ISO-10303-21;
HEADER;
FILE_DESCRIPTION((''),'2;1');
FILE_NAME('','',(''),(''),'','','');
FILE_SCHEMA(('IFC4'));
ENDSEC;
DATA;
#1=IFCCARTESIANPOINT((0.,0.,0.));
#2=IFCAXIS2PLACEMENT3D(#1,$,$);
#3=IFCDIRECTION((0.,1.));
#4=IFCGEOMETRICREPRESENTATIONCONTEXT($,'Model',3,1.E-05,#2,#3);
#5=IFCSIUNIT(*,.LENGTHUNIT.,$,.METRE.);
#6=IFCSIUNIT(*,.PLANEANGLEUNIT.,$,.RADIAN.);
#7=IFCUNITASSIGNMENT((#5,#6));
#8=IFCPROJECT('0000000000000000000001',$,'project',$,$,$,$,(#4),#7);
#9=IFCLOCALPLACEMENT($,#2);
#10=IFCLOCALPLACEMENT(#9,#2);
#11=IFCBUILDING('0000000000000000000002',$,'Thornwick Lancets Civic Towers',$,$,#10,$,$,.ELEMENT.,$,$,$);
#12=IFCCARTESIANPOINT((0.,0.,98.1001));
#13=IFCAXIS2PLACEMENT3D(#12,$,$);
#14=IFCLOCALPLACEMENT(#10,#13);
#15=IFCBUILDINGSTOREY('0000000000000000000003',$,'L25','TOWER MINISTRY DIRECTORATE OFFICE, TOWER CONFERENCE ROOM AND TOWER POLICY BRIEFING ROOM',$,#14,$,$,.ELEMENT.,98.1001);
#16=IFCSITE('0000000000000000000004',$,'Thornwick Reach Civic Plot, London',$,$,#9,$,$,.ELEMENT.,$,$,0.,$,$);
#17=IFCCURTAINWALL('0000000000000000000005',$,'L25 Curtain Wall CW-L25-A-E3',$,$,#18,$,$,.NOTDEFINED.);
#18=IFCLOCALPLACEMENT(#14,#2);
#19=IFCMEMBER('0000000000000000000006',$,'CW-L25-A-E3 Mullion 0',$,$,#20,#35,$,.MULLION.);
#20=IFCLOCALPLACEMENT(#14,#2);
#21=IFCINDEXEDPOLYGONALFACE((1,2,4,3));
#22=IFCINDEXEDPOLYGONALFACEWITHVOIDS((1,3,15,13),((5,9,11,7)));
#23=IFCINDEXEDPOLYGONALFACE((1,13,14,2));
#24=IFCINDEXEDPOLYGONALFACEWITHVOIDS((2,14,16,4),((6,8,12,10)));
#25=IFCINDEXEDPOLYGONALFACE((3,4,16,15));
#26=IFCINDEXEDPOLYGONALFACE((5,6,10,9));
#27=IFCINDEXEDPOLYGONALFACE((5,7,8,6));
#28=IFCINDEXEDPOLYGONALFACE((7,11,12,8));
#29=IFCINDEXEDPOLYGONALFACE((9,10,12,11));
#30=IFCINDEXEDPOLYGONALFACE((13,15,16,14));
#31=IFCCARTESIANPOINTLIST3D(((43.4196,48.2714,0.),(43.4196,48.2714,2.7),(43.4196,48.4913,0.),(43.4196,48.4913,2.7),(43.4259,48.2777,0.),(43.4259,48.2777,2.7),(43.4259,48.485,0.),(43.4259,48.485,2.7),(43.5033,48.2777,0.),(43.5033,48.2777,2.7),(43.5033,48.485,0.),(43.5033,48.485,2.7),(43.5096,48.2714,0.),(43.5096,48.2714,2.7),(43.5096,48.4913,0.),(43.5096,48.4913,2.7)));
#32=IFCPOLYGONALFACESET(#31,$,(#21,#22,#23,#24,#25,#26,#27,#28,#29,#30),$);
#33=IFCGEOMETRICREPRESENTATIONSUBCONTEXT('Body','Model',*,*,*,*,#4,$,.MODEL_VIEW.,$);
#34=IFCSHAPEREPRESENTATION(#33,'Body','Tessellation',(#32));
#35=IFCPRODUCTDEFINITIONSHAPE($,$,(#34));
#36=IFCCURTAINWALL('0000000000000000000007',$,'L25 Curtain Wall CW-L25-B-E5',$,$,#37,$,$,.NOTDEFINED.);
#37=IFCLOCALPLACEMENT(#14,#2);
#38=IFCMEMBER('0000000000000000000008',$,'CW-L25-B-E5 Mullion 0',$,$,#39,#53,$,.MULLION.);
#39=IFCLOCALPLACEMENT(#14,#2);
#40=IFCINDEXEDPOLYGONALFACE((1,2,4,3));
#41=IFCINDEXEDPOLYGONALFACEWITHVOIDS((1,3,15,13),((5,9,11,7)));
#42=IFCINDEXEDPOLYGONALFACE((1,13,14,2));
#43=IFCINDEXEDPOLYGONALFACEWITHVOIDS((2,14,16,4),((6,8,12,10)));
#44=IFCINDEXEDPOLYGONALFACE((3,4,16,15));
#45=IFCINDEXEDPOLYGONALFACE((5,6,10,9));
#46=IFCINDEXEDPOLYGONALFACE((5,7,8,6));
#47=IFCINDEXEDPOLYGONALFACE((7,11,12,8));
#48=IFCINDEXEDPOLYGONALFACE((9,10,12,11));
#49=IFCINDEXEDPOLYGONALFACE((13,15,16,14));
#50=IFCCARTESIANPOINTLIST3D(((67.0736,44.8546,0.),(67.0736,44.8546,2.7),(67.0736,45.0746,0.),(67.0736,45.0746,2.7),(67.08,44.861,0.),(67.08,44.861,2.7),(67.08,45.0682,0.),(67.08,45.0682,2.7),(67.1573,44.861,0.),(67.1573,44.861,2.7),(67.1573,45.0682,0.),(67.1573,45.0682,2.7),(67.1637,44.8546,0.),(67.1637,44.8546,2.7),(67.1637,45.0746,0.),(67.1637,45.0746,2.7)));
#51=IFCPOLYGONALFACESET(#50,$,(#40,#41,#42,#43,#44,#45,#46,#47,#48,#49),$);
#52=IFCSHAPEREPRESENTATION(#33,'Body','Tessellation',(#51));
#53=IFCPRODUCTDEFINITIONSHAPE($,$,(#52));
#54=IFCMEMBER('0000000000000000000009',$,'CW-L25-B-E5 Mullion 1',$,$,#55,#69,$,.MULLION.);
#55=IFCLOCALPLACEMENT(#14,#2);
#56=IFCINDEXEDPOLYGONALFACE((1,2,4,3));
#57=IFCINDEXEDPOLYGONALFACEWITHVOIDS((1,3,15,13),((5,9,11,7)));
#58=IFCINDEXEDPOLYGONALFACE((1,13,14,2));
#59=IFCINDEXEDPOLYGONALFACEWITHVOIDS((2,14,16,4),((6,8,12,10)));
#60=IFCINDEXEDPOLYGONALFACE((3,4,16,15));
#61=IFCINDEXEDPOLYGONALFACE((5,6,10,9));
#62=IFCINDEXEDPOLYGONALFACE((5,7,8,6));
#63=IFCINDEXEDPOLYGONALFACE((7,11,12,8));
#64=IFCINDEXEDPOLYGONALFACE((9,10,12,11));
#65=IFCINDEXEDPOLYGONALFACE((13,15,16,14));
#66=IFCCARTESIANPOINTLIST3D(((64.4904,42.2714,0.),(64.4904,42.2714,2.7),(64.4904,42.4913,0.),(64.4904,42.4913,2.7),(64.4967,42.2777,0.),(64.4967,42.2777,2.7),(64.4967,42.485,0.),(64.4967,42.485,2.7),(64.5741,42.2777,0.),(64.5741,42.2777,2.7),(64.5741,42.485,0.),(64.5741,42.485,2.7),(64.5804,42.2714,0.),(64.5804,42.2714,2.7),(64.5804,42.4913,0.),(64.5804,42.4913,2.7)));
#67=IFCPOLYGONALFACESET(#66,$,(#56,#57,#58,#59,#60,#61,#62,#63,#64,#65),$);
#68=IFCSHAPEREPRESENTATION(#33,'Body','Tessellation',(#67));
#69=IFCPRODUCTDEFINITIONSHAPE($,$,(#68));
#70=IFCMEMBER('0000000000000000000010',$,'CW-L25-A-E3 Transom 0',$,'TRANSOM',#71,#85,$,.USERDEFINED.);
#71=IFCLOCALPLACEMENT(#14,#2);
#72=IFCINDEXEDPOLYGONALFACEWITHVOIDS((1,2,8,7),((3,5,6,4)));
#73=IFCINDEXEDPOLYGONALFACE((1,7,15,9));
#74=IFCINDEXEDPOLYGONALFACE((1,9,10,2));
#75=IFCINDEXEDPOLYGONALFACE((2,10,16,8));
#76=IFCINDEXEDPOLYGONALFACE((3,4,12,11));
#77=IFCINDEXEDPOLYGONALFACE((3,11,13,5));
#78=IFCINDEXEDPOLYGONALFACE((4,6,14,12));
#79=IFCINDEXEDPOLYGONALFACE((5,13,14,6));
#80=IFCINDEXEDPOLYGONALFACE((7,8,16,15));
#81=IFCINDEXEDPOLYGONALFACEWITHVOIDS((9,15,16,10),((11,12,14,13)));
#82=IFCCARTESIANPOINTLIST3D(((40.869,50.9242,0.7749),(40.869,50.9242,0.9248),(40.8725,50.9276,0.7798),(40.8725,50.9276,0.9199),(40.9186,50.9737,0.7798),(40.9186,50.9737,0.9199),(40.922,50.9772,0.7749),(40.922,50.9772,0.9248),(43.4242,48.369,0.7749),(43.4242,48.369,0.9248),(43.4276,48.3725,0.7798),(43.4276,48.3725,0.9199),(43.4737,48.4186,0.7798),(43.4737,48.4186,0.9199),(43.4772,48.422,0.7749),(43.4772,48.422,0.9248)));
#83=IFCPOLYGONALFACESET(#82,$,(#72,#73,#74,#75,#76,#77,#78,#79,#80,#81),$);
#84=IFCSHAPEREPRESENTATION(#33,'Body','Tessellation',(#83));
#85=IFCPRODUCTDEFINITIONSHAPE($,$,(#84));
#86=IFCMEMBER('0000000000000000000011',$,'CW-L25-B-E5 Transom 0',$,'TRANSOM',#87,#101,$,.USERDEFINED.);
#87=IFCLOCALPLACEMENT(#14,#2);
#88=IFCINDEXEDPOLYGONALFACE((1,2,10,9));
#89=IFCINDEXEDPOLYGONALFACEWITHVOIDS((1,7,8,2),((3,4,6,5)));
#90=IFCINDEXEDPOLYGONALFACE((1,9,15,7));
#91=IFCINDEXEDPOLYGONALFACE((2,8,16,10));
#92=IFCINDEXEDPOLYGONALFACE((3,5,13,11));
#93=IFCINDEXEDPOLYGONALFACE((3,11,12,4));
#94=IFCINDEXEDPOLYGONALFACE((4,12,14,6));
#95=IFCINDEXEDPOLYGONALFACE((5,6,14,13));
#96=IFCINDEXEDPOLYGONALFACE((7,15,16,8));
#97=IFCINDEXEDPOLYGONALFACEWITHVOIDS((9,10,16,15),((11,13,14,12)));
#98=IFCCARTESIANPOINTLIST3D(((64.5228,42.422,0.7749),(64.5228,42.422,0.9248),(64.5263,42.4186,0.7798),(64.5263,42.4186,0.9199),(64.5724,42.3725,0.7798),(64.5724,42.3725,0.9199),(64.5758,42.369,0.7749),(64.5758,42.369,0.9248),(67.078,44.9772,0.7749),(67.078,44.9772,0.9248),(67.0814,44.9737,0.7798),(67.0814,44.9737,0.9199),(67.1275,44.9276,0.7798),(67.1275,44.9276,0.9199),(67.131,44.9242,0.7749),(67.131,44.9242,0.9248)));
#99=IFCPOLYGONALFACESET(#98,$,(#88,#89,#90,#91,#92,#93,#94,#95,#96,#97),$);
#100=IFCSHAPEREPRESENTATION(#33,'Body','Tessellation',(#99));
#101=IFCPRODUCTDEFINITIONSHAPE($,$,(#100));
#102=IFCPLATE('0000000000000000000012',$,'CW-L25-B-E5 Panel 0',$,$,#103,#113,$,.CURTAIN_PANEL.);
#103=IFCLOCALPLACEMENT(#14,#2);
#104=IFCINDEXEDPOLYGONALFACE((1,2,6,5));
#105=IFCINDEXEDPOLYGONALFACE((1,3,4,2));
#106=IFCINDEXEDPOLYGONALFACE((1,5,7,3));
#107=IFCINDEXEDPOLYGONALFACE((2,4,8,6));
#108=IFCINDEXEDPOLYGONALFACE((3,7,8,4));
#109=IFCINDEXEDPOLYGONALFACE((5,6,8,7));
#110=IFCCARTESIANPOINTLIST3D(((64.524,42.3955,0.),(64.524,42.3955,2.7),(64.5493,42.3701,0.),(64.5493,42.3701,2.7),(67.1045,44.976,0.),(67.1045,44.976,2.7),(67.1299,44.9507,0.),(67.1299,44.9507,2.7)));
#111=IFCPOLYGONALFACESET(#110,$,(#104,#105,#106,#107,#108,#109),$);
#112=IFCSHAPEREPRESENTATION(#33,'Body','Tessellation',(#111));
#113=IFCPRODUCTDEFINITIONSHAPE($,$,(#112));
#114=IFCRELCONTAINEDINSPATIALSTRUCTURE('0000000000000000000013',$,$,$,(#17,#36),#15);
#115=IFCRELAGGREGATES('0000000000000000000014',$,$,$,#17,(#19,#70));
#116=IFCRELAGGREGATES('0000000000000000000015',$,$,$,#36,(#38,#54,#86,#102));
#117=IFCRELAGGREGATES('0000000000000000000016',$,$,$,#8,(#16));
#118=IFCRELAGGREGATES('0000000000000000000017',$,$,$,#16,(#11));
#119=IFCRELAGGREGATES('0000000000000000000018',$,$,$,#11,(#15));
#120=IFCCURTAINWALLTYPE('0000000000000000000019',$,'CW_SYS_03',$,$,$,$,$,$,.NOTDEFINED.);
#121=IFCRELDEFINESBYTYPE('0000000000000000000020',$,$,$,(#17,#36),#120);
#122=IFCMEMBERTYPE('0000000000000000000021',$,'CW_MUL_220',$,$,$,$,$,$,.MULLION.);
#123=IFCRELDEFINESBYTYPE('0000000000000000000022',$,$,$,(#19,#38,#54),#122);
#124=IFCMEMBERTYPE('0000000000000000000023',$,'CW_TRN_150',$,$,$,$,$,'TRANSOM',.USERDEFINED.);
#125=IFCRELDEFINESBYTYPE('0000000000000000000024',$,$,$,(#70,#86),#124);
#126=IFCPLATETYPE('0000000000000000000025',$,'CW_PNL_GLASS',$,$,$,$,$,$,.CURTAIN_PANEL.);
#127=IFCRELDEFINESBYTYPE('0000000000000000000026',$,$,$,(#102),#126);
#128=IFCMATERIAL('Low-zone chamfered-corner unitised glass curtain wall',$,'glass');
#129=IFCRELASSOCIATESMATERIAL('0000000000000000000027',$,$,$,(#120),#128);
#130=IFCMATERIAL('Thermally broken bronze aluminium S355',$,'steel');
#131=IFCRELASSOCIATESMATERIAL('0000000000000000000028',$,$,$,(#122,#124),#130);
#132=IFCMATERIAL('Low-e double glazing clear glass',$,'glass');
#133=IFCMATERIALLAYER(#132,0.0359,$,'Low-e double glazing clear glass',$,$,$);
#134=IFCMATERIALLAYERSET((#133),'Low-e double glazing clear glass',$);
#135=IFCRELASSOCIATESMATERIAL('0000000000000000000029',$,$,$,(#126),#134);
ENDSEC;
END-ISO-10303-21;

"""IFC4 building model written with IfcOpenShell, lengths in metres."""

from ifc_helpers import new_model, si_unit, direction, frame, origin, origin_2d, place, context, subcontext, project, spatial, rectangle, hollow_rectangle, extrude, material, layer, layer_set, material_profile, profile_set, type_object, element, aggregate, save


model = new_model("IFC4")

# Units and contexts
model_context = context("Model", 3, precision=1e-05, world=origin(), true_north=direction((0.0, 1.0)))
body_context = subcontext(model_context, "Body", "Model", "MODEL_VIEW")
ifc_project = project(units=[si_unit("LENGTHUNIT", "METRE"), si_unit("PLANEANGLEUNIT", "RADIAN")], contexts=[model_context])

# Site, building, storey
site_placement = place(None, origin())
site = spatial("IfcSite", under=ifc_project, at=site_placement, Name="Thornwick Reach Civic Plot, London", CompositionType="ELEMENT", RefElevation=0.0)
building_placement = place(site_placement, origin())
building = spatial("IfcBuilding", under=site, at=building_placement, Name="Thornwick Lancets Civic Towers", CompositionType="ELEMENT")
storey_placement = place(building_placement, frame((0.0, 0.0, 98.1001)))
storey = spatial("IfcBuildingStorey", under=building, at=storey_placement, Name="L25", Description="TOWER MINISTRY DIRECTORATE OFFICE, TOWER CONFERENCE ROOM AND TOWER POLICY BRIEFING ROOM", CompositionType="ELEMENT", Elevation=98.1001)

# Curtain wall, member
ifc_material_1 = material(Name="Low-zone chamfered-corner unitised glass curtain wall", Category="glass")
curtain_wall_type = type_object("IfcCurtainWallType", Name="CW_SYS_03", PredefinedType="NOTDEFINED", material=ifc_material_1)
curtain_wall_1_placement = place(storey_placement, origin())
curtain_wall_1 = element("IfcCurtainWall", 1, at=curtain_wall_1_placement, inside=storey, type_object=curtain_wall_type, Name="L25 Curtain Wall CW-L25-A-E3", PredefinedType="NOTDEFINED")
ifc_material_2 = material(Name="Thermally broken bronze aluminium S355", Category="steel")
ifc_material_profile_1 = material_profile(ifc_material_2, hollow_rectangle(XDim=0.0901, YDim=0.22, WallThickness=0.0063, at=origin_2d()), Name="RHS 220x90x6.3")
ifc_profile_set_1 = profile_set([ifc_material_profile_1], Name="Thermally broken bronze aluminium S355")
member_type_1 = type_object("IfcMemberType", Name="CW_MUL_220", PredefinedType="MULLION", material=ifc_profile_set_1)
member_1_placement = place(storey_placement, frame((43.4646, 48.3813, 0.0), z_axis=(0.0, 0.0, 1.0), x_axis=(1.0, 0.0, 0.0)))
member_1 = element("IfcMember", 2, at=member_1_placement, type_object=member_type_1, Name="CW-L25-A-E3 Mullion 0", PredefinedType="MULLION", context=body_context, shape_type="SweptSolid", body=[
    extrude(hollow_rectangle(XDim=0.0901, YDim=0.22, WallThickness=0.0063, at=origin_2d()), origin(), (0.0, 0.0, 1.0), 2.7),
])

# Curtain wall, members
curtain_wall_2_placement = place(storey_placement, origin())
curtain_wall_2 = element("IfcCurtainWall", 3, at=curtain_wall_2_placement, inside=storey, type_object=curtain_wall_type, Name="L25 Curtain Wall CW-L25-B-E5", PredefinedType="NOTDEFINED")
member_2_placement = place(storey_placement, frame((67.1187, 44.9646, 0.0), z_axis=(0.0, 0.0, 1.0), x_axis=(1.0, 0.0, 0.0)))
member_2 = element("IfcMember", 4, at=member_2_placement, type_object=member_type_1, Name="CW-L25-B-E5 Mullion 0", PredefinedType="MULLION", context=body_context, shape_type="SweptSolid", body=[
    extrude(hollow_rectangle(XDim=0.0901, YDim=0.22, WallThickness=0.0063, at=origin_2d()), origin(), (0.0, 0.0, 1.0), 2.7),
])
member_3_placement = place(storey_placement, frame((64.5354, 42.3813, 0.0), z_axis=(0.0, 0.0, 1.0), x_axis=(1.0, 0.0, 0.0)))
member_3 = element("IfcMember", 5, at=member_3_placement, type_object=member_type_1, Name="CW-L25-B-E5 Mullion 1", PredefinedType="MULLION", context=body_context, shape_type="SweptSolid", body=[
    extrude(hollow_rectangle(XDim=0.0901, YDim=0.22, WallThickness=0.0063, at=origin_2d()), origin(), (0.0, 0.0, 1.0), 2.7),
])

# Members
ifc_material_profile_2 = material_profile(ifc_material_2, hollow_rectangle(XDim=0.075, YDim=0.1499, WallThickness=0.0049, at=origin_2d()), Name="RHS 150x75x5")
ifc_profile_set_2 = profile_set([ifc_material_profile_2], Name="Thermally broken bronze aluminium S355")
member_type_2 = type_object("IfcMemberType", Name="CW_TRN_150", ElementType="TRANSOM", PredefinedType="USERDEFINED", material=ifc_profile_set_2)
member_4_placement = place(storey_placement, frame((43.4507, 48.3955, 0.8499), z_axis=(-0.707107, 0.707107, 0.0), x_axis=(-0.707107, -0.707107, 0.0)))
member_4 = element("IfcMember", 6, at=member_4_placement, type_object=member_type_2, Name="CW-L25-A-E3 Transom 0", ObjectType="TRANSOM", PredefinedType="USERDEFINED", context=body_context, shape_type="SweptSolid", body=[
    extrude(hollow_rectangle(XDim=0.075, YDim=0.1499, WallThickness=0.0049, at=origin_2d()), origin(), (0.0, 0.0, 1.0), 3.6135),
])
aggregate(curtain_wall_1, [member_1, member_4])
member_5_placement = place(storey_placement, frame((67.1045, 44.9507, 0.8499), z_axis=(-0.707107, -0.707107, 0.0), x_axis=(0.707107, -0.707107, 0.0)))
member_5 = element("IfcMember", 7, at=member_5_placement, type_object=member_type_2, Name="CW-L25-B-E5 Transom 0", ObjectType="TRANSOM", PredefinedType="USERDEFINED", context=body_context, shape_type="SweptSolid", body=[
    extrude(hollow_rectangle(XDim=0.075, YDim=0.1499, WallThickness=0.0049, at=origin_2d()), origin(), (0.0, 0.0, 1.0), 3.6135),
])

# Plate
ifc_material_3 = material(Name="Low-e double glazing clear glass", Category="glass")
ifc_layer_1 = layer(ifc_material_3, 0.0359, Name="Low-e double glazing clear glass")
ifc_layer_set_1 = layer_set([ifc_layer_1], Name="Low-e double glazing clear glass")
plate_type = type_object("IfcPlateType", Name="CW_PNL_GLASS", PredefinedType="CURTAIN_PANEL", material=ifc_layer_set_1)
plate_placement = place(storey_placement, frame((65.8269, 43.6731, 0.0), z_axis=(0.0, 0.0, 1.0), x_axis=(-0.707107, -0.707107, 0.0)))
plate = element("IfcPlate", 8, at=plate_placement, type_object=plate_type, Name="CW-L25-B-E5 Panel 0", PredefinedType="CURTAIN_PANEL", context=body_context, shape_type="SweptSolid", body=[
    extrude(rectangle(XDim=3.6494, YDim=0.0359, at=origin_2d()), origin(), (0.0, 0.0, 1.0), 2.7),
])
aggregate(curtain_wall_2, [member_2, member_3, member_5, plate])

save(model, "model.ifc")
